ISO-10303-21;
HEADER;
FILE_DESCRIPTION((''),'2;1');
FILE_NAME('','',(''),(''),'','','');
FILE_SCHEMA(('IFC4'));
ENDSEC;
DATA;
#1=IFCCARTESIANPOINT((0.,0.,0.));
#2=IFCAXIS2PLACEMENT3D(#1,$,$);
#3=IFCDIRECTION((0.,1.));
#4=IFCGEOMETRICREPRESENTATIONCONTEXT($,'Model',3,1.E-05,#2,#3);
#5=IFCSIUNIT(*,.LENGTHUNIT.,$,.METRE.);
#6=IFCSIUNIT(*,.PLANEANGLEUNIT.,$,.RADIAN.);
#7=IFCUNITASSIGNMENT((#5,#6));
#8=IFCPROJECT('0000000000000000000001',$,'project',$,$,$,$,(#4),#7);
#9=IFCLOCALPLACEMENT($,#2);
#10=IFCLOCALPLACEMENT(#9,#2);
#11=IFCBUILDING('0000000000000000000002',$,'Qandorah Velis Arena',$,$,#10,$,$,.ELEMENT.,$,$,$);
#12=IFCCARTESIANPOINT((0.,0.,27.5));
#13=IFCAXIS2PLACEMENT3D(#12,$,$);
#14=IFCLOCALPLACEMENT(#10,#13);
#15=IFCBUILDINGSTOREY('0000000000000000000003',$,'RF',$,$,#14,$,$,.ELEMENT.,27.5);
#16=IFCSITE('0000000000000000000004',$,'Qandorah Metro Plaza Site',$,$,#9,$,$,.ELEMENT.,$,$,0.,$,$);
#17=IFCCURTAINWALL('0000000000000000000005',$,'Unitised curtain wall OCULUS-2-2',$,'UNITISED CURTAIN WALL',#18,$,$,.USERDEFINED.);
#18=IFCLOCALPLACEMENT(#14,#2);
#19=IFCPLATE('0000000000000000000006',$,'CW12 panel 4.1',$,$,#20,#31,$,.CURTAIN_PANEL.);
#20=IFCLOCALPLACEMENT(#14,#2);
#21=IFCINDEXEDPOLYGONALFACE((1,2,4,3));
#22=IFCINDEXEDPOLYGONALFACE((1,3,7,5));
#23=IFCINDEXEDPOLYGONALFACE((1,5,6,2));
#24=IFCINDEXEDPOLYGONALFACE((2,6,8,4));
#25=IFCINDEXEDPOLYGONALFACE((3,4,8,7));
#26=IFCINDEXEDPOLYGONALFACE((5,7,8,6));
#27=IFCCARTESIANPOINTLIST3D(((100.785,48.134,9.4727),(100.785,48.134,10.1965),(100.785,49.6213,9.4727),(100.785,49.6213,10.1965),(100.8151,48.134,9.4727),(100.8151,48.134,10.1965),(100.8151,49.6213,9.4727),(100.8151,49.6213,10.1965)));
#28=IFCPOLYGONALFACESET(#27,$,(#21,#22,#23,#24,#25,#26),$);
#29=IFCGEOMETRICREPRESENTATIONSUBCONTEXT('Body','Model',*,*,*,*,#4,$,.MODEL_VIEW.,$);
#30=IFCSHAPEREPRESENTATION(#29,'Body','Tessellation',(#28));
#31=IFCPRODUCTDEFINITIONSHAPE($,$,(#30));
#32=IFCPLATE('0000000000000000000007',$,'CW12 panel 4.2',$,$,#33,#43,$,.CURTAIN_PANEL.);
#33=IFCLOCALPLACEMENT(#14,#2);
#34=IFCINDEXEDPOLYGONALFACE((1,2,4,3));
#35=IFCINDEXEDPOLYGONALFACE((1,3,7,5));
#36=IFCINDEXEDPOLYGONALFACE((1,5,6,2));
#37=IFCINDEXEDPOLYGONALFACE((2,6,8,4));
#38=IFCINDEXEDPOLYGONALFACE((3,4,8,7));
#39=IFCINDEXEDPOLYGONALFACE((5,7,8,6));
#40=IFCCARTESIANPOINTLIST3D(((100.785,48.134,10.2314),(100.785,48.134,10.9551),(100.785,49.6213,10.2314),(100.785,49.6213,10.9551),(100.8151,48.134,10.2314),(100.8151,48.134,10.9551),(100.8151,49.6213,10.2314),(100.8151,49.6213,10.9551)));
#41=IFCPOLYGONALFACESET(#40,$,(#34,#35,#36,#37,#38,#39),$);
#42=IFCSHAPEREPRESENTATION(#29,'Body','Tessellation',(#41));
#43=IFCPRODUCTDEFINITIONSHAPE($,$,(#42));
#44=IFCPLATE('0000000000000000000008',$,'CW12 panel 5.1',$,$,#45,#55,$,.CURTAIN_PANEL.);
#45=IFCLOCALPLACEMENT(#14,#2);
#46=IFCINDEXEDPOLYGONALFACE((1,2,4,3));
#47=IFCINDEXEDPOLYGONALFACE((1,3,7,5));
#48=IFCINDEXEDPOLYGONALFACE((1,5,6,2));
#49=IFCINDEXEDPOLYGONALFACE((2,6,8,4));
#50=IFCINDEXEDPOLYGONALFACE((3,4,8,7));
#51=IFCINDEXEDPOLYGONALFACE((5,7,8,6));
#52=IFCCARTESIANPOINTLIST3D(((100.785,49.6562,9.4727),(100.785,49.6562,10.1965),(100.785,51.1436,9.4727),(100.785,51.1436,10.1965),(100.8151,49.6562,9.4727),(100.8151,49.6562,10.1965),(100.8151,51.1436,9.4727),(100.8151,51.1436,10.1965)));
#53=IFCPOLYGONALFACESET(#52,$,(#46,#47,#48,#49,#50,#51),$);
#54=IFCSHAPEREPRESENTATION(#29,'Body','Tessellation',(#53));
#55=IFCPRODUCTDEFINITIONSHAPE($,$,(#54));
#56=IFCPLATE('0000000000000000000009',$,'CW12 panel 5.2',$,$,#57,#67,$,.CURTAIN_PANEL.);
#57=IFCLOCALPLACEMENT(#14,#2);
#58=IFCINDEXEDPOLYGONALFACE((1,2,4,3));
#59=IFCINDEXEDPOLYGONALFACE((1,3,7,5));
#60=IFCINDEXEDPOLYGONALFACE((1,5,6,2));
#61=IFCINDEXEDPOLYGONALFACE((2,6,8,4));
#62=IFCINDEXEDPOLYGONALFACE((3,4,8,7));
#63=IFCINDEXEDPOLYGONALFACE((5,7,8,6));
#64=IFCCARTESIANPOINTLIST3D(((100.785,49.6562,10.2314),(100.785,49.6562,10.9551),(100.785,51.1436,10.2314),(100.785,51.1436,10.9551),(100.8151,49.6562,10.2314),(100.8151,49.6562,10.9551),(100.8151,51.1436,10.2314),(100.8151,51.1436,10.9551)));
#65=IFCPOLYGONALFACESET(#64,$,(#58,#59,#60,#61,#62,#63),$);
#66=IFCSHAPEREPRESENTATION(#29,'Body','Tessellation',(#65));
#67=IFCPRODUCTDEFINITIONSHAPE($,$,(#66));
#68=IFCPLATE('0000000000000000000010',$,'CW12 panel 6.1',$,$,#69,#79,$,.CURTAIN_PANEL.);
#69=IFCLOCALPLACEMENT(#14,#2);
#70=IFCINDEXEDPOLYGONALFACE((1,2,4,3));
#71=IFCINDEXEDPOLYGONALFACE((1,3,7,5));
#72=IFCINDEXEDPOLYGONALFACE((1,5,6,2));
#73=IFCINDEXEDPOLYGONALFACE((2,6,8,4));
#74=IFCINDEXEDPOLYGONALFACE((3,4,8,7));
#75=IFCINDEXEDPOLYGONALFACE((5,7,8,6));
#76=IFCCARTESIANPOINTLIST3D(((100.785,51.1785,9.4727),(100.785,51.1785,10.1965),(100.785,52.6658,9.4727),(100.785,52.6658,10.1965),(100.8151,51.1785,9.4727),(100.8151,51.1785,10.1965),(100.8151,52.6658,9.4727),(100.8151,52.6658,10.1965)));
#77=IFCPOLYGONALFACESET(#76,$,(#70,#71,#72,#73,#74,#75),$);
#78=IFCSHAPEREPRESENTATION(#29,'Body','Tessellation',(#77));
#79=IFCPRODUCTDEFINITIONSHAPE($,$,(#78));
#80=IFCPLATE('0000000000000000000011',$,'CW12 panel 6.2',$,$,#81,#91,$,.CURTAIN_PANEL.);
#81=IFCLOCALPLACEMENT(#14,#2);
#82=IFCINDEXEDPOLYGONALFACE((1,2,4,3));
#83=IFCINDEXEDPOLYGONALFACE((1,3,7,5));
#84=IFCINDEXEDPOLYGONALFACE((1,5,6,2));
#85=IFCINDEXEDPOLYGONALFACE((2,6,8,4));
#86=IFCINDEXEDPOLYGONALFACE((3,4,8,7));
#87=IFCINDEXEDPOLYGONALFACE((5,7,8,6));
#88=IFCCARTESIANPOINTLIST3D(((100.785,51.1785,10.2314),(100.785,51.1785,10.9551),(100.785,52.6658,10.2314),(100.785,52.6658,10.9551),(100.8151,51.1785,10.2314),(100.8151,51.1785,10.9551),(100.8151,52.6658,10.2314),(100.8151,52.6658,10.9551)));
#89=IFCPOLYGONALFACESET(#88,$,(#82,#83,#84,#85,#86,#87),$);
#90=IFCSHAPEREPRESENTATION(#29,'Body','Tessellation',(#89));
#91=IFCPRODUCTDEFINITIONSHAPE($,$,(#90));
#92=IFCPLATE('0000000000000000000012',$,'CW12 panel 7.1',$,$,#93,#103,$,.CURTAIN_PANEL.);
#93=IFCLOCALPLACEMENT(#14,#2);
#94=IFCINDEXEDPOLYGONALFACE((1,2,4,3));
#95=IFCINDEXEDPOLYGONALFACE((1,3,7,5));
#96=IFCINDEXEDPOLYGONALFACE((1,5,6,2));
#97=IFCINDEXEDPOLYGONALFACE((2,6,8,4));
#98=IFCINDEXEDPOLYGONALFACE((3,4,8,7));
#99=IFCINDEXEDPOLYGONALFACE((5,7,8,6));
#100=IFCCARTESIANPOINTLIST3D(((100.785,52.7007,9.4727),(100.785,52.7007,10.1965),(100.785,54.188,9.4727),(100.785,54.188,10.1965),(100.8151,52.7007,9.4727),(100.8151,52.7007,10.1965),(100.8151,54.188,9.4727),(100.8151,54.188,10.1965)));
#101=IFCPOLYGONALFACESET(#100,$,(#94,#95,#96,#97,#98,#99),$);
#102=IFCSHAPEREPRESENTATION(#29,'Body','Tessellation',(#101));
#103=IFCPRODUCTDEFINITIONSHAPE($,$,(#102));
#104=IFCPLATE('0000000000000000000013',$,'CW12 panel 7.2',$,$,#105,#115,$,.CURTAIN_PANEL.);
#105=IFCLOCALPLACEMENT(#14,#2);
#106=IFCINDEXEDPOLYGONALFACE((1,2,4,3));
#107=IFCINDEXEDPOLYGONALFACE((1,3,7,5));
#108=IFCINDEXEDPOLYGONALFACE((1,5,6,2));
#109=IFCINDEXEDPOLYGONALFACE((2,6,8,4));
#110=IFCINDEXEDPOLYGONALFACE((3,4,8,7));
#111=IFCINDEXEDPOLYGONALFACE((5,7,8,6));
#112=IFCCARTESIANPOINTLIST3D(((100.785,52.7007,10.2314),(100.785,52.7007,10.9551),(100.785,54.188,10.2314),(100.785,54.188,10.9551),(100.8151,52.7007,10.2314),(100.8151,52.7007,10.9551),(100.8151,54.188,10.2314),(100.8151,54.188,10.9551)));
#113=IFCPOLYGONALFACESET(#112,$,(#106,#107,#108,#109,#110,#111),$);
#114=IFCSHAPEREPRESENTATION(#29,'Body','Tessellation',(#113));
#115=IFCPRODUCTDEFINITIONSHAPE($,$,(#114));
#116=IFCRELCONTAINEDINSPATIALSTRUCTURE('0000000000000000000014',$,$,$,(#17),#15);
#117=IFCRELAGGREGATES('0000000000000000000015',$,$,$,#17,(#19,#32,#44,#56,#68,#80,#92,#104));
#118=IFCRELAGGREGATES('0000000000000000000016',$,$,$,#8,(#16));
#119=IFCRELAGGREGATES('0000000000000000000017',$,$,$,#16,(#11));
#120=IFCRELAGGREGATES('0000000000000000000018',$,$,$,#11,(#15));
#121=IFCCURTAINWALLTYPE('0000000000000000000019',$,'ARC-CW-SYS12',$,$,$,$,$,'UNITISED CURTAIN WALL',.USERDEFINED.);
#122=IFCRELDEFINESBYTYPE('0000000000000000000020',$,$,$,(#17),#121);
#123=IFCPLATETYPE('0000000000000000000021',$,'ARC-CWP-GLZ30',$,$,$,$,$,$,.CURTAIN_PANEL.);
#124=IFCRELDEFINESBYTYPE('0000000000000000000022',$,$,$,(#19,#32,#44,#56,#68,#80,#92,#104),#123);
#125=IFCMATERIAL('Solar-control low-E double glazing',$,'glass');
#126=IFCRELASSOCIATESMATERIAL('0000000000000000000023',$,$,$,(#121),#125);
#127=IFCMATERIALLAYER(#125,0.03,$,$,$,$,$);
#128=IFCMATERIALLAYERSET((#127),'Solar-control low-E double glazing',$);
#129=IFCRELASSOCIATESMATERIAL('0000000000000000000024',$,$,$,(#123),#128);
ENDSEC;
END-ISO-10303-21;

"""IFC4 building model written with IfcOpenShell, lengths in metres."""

from ifc_helpers import new_model, si_unit, direction, frame, origin, origin_2d, place, context, subcontext, project, spatial, rectangle, extrude, material, layer, layer_set, type_object, element, aggregate, save


model = new_model("IFC4")

# Units and contexts
model_context = context("Model", 3, precision=1e-05, world=origin(), true_north=direction((0.0, 1.0)))
body_context = subcontext(model_context, "Body", "Model", "MODEL_VIEW")
ifc_project = project(units=[si_unit("LENGTHUNIT", "METRE"), si_unit("PLANEANGLEUNIT", "RADIAN")], contexts=[model_context])

# Site, building, storey
site_placement = place(None, origin())
site = spatial("IfcSite", under=ifc_project, at=site_placement, Name="Qandorah Metro Plaza Site", CompositionType="ELEMENT", RefElevation=0.0)
building_placement = place(site_placement, origin())
building = spatial("IfcBuilding", under=site, at=building_placement, Name="Qandorah Velis Arena", CompositionType="ELEMENT")
storey_placement = place(building_placement, frame((0.0, 0.0, 27.5)))
storey = spatial("IfcBuildingStorey", under=building, at=storey_placement, Name="RF", CompositionType="ELEMENT", Elevation=27.5)

# Curtain wall
ifc_material_1 = material(Name="Solar-control low-E double glazing", Category="glass")
curtain_wall_type = type_object("IfcCurtainWallType", Name="ARC-CW-SYS12", ElementType="UNITISED CURTAIN WALL", PredefinedType="USERDEFINED", material=ifc_material_1)
curtain_wall_placement = place(storey_placement, origin())
curtain_wall = element("IfcCurtainWall", 1, at=curtain_wall_placement, inside=storey, type_object=curtain_wall_type, Name="Unitised curtain wall OCULUS-2-2", ObjectType="UNITISED CURTAIN WALL", PredefinedType="USERDEFINED")

# Plates
ifc_layer = layer(ifc_material_1, 0.03)
ifc_layer_set = layer_set([ifc_layer], Name="Solar-control low-E double glazing")
plate_type = type_object("IfcPlateType", Name="ARC-CWP-GLZ30", PredefinedType="CURTAIN_PANEL", material=ifc_layer_set)
plate_1_placement = place(storey_placement, frame((100.8, 48.8777, 9.4727), z_axis=(0.0, 0.0, 1.0), x_axis=(0.0, 1.0, 0.0)))
plate_1 = element("IfcPlate", 2, at=plate_1_placement, type_object=plate_type, Name="CW12 panel 4.1", PredefinedType="CURTAIN_PANEL", context=body_context, shape_type="SweptSolid", body=[
    extrude(rectangle(XDim=1.4873, YDim=0.03, at=origin_2d()), origin(), (0.0, 0.0, 1.0), 0.7239),
])
plate_2_placement = place(storey_placement, frame((100.8, 48.8777, 10.2314), z_axis=(0.0, 0.0, 1.0), x_axis=(0.0, 1.0, 0.0)))
plate_2 = element("IfcPlate", 3, at=plate_2_placement, type_object=plate_type, Name="CW12 panel 4.2", PredefinedType="CURTAIN_PANEL", context=body_context, shape_type="SweptSolid", body=[
    extrude(rectangle(XDim=1.4873, YDim=0.03, at=origin_2d()), origin(), (0.0, 0.0, 1.0), 0.7236),
])
plate_3_placement = place(storey_placement, frame((100.8, 50.3999, 9.4727), z_axis=(0.0, 0.0, 1.0), x_axis=(0.0, 1.0, 0.0)))
plate_3 = element("IfcPlate", 4, at=plate_3_placement, type_object=plate_type, Name="CW12 panel 5.1", PredefinedType="CURTAIN_PANEL", context=body_context, shape_type="SweptSolid", body=[
    extrude(rectangle(XDim=1.4873, YDim=0.03, at=origin_2d()), origin(), (0.0, 0.0, 1.0), 0.7239),
])
plate_4_placement = place(storey_placement, frame((100.8, 50.3999, 10.2314), z_axis=(0.0, 0.0, 1.0), x_axis=(0.0, 1.0, 0.0)))
plate_4 = element("IfcPlate", 5, at=plate_4_placement, type_object=plate_type, Name="CW12 panel 5.2", PredefinedType="CURTAIN_PANEL", context=body_context, shape_type="SweptSolid", body=[
    extrude(rectangle(XDim=1.4873, YDim=0.03, at=origin_2d()), origin(), (0.0, 0.0, 1.0), 0.7236),
])
plate_5_placement = place(storey_placement, frame((100.8, 51.9221, 9.4727), z_axis=(0.0, 0.0, 1.0), x_axis=(0.0, 1.0, 0.0)))
plate_5 = element("IfcPlate", 6, at=plate_5_placement, type_object=plate_type, Name="CW12 panel 6.1", PredefinedType="CURTAIN_PANEL", context=body_context, shape_type="SweptSolid", body=[
    extrude(rectangle(XDim=1.4873, YDim=0.03, at=origin_2d()), origin(), (0.0, 0.0, 1.0), 0.7239),
])
plate_6_placement = place(storey_placement, frame((100.8, 51.9221, 10.2314), z_axis=(0.0, 0.0, 1.0), x_axis=(0.0, 1.0, 0.0)))
plate_6 = element("IfcPlate", 7, at=plate_6_placement, type_object=plate_type, Name="CW12 panel 6.2", PredefinedType="CURTAIN_PANEL", context=body_context, shape_type="SweptSolid", body=[
    extrude(rectangle(XDim=1.4873, YDim=0.03, at=origin_2d()), origin(), (0.0, 0.0, 1.0), 0.7236),
])
plate_7_placement = place(storey_placement, frame((100.8, 53.4443, 9.4727), z_axis=(0.0, 0.0, 1.0), x_axis=(0.0, 1.0, 0.0)))
plate_7 = element("IfcPlate", 8, at=plate_7_placement, type_object=plate_type, Name="CW12 panel 7.1", PredefinedType="CURTAIN_PANEL", context=body_context, shape_type="SweptSolid", body=[
    extrude(rectangle(XDim=1.4873, YDim=0.03, at=origin_2d()), origin(), (0.0, 0.0, 1.0), 0.7239),
])
plate_8_placement = place(storey_placement, frame((100.8, 53.4443, 10.2314), z_axis=(0.0, 0.0, 1.0), x_axis=(0.0, 1.0, 0.0)))
plate_8 = element("IfcPlate", 9, at=plate_8_placement, type_object=plate_type, Name="CW12 panel 7.2", PredefinedType="CURTAIN_PANEL", context=body_context, shape_type="SweptSolid", body=[
    extrude(rectangle(XDim=1.4873, YDim=0.03, at=origin_2d()), origin(), (0.0, 0.0, 1.0), 0.7236),
])
aggregate(curtain_wall, [plate_1, plate_2, plate_3, plate_4, plate_5, plate_6, plate_7, plate_8])

save(model, "model.ifc")
